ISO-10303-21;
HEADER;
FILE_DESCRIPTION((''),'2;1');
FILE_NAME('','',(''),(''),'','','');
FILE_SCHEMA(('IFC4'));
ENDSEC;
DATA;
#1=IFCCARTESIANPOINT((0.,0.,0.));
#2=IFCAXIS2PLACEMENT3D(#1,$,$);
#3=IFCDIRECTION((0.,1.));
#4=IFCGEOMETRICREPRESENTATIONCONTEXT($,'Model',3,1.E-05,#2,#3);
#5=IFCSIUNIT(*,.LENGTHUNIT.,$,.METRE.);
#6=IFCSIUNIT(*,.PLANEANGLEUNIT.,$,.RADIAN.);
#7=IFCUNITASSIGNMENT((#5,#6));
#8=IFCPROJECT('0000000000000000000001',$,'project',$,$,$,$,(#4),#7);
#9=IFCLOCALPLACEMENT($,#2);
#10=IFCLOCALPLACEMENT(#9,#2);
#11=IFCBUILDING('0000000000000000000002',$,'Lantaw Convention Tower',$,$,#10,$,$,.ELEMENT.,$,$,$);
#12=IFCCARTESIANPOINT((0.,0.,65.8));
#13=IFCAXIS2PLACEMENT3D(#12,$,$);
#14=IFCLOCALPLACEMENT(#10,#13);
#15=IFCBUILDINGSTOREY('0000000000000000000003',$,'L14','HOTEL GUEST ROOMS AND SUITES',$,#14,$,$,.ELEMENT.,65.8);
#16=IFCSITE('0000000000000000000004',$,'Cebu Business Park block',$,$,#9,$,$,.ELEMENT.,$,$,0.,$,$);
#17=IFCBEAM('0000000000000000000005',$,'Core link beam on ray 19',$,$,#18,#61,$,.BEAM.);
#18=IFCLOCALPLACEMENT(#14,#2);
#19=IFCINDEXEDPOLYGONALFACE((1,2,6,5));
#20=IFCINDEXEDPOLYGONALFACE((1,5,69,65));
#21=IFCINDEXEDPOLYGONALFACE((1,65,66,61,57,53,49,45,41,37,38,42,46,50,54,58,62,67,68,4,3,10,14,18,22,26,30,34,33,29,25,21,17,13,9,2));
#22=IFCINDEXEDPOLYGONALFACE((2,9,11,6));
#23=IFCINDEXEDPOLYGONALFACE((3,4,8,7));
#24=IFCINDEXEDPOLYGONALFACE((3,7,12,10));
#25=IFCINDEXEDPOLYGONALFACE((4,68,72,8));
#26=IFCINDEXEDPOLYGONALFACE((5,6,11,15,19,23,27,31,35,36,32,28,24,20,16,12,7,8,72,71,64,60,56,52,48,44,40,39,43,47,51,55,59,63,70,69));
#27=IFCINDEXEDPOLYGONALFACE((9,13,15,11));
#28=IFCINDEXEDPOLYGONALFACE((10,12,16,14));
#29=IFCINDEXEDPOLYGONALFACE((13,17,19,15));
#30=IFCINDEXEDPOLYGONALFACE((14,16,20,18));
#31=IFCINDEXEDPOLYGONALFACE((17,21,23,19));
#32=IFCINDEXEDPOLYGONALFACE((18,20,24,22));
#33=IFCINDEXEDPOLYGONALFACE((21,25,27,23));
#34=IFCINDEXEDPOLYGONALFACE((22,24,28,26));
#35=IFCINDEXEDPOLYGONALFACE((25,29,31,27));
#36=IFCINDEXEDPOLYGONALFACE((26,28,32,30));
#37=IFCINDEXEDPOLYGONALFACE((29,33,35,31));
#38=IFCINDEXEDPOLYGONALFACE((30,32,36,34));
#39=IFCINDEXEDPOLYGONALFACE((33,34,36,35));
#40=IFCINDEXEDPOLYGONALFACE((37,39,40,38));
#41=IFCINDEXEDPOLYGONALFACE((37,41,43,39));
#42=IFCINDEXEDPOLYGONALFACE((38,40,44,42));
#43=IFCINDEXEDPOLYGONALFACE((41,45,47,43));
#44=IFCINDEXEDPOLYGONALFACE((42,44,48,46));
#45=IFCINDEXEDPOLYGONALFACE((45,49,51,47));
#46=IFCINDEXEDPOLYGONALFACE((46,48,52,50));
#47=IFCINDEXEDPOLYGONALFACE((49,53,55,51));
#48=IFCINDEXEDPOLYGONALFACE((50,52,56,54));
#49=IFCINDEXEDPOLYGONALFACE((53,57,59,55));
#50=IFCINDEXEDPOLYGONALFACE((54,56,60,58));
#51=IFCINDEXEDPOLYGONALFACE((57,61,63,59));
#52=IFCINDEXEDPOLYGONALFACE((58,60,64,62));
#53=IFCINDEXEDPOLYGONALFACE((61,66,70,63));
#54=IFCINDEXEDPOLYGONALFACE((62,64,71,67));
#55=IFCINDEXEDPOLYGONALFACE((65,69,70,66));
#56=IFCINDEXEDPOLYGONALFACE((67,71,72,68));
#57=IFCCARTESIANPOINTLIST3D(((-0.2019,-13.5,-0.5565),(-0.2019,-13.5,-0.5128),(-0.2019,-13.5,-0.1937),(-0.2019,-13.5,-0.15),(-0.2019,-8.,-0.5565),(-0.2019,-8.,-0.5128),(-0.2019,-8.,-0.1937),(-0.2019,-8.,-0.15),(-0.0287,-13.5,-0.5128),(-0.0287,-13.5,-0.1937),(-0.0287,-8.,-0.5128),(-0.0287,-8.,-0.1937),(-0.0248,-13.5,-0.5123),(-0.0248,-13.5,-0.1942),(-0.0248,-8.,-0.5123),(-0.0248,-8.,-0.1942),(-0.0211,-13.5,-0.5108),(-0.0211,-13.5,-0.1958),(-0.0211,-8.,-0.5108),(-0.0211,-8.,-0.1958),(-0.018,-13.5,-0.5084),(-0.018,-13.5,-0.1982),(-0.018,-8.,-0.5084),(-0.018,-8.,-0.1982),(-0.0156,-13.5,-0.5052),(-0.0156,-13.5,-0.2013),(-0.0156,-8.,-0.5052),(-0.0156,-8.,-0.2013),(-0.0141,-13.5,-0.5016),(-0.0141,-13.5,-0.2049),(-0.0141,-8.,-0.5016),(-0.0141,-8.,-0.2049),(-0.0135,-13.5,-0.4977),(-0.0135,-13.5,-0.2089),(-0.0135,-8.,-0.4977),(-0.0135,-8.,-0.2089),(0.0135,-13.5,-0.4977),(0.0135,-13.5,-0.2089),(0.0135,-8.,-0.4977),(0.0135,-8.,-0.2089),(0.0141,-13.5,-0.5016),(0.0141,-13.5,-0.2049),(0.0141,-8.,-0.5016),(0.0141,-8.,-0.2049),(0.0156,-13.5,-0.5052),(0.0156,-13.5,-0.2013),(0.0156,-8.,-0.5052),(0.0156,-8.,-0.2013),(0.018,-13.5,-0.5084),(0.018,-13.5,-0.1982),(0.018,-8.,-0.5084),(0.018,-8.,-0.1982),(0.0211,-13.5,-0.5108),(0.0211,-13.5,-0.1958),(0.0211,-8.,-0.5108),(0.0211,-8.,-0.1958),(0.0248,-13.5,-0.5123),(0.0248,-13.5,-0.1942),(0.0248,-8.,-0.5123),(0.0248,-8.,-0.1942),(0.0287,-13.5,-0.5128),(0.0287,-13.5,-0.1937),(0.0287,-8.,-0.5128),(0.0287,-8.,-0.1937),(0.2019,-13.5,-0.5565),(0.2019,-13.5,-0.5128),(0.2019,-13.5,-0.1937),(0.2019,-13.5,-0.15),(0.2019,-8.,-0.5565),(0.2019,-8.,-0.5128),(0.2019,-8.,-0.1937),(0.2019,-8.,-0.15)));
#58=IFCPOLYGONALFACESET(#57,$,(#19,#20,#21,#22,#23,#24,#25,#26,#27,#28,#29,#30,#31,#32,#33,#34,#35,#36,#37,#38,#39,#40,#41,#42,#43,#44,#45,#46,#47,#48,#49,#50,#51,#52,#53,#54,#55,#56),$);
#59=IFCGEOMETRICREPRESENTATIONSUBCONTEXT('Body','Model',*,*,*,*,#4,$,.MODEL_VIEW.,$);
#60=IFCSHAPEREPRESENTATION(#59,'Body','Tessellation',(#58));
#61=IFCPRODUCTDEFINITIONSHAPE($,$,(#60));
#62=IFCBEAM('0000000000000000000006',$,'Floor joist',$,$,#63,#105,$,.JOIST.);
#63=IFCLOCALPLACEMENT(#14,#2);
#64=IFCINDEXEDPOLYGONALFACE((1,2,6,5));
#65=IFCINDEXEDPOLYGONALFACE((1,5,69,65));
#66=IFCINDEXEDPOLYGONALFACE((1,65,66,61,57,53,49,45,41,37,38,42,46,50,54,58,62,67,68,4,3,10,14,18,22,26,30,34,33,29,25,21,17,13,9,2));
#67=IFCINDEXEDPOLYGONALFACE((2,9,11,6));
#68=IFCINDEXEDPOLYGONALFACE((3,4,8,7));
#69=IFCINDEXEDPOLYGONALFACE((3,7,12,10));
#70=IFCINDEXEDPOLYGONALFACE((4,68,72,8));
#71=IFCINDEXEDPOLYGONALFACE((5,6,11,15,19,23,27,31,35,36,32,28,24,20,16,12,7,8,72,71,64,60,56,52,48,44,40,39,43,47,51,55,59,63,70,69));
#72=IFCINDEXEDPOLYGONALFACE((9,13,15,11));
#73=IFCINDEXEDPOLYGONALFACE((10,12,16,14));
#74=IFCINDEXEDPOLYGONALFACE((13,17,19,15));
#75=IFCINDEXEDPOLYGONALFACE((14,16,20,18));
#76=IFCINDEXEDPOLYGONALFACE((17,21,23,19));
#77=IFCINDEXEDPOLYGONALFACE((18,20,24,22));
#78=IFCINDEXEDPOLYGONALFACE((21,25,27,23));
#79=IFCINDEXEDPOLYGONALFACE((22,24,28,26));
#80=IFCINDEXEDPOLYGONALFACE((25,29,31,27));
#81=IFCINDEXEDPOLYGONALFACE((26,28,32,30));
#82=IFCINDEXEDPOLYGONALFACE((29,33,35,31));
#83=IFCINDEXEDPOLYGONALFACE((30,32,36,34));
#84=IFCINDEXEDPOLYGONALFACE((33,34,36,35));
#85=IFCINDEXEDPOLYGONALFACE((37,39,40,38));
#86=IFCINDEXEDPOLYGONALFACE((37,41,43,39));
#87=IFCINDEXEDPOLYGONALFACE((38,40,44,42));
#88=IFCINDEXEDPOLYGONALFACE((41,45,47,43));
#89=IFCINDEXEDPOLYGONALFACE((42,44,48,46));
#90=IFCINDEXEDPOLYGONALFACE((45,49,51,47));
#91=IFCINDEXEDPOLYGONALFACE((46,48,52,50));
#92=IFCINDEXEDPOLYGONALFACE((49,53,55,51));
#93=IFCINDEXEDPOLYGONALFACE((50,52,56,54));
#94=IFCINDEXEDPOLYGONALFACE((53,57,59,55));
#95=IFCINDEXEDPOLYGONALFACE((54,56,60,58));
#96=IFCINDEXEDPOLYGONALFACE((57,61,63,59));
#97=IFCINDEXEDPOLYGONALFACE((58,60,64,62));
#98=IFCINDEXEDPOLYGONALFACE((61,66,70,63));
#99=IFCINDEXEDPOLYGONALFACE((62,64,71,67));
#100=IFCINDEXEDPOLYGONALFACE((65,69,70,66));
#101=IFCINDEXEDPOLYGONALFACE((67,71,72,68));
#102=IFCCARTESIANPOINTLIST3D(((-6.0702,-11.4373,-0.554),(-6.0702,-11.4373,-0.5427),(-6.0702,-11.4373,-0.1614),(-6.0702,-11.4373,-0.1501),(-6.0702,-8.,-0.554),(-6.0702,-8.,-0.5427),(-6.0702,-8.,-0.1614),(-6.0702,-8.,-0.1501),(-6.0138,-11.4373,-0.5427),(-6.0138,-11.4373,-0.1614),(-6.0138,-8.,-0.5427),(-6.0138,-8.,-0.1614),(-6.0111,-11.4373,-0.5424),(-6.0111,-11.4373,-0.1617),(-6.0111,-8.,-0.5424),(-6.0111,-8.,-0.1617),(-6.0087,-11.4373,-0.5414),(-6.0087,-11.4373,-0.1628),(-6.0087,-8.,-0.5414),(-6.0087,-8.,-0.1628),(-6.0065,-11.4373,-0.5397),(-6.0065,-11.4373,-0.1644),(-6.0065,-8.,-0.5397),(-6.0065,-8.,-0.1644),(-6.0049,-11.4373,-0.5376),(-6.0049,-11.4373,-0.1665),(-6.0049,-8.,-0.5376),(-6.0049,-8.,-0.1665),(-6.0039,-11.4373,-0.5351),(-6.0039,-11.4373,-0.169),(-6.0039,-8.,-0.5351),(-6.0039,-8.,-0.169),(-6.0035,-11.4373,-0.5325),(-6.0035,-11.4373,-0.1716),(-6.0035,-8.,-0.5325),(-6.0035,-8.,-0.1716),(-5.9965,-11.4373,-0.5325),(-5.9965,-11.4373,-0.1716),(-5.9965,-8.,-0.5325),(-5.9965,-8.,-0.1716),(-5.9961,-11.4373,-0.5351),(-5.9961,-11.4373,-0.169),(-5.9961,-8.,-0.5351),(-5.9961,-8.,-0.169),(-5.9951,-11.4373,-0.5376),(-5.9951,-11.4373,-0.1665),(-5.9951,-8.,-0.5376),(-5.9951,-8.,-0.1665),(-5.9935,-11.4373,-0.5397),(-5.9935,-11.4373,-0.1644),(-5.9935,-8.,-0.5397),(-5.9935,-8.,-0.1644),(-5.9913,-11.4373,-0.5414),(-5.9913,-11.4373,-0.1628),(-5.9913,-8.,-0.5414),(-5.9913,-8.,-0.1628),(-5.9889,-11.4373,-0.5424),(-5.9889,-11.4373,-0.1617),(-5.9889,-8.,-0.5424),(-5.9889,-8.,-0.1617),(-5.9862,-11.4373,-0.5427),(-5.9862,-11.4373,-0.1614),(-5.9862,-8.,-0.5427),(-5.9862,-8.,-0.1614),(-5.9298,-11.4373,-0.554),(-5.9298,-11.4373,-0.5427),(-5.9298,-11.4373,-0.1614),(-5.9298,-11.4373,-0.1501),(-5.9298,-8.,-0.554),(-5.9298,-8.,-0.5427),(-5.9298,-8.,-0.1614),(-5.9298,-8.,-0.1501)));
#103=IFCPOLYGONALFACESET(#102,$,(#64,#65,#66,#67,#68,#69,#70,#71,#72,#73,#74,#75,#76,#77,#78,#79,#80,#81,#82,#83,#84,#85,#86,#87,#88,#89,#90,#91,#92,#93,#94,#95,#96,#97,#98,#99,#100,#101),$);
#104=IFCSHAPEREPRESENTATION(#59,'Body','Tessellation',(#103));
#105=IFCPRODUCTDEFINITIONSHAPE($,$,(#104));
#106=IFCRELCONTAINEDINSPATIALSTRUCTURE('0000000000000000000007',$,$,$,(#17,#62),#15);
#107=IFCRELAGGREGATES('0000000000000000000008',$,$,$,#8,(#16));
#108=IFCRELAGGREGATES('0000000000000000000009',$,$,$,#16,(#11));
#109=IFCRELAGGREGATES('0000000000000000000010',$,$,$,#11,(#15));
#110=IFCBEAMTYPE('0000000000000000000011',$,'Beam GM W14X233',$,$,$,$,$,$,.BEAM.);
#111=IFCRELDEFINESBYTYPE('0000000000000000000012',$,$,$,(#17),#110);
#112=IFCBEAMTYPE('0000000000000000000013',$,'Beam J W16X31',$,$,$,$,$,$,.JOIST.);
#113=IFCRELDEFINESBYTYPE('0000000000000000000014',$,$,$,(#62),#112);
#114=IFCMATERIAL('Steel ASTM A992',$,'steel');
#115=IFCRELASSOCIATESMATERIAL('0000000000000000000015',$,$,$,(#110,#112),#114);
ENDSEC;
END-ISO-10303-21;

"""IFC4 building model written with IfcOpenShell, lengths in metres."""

from ifc_helpers import new_model, si_unit, direction, frame, origin, origin_2d, place, context, subcontext, project, spatial, i_section, extrude, material, material_profile, profile_set, type_object, element, save


model = new_model("IFC4")

# Units and contexts
model_context = context("Model", 3, precision=1e-05, world=origin(), true_north=direction((0.0, 1.0)))
body_context = subcontext(model_context, "Body", "Model", "MODEL_VIEW")
ifc_project = project(units=[si_unit("LENGTHUNIT", "METRE"), si_unit("PLANEANGLEUNIT", "RADIAN")], contexts=[model_context])

# Site, building, storey
site_placement = place(None, origin())
site = spatial("IfcSite", under=ifc_project, at=site_placement, Name="Cebu Business Park block", CompositionType="ELEMENT", RefElevation=0.0)
building_placement = place(site_placement, origin())
building = spatial("IfcBuilding", under=site, at=building_placement, Name="Lantaw Convention Tower", CompositionType="ELEMENT")
storey_placement = place(building_placement, frame((0.0, 0.0, 65.8)))
storey = spatial("IfcBuildingStorey", under=building, at=storey_placement, Name="L14", Description="HOTEL GUEST ROOMS AND SUITES", CompositionType="ELEMENT", Elevation=65.8)

# Beams
ifc_material_1 = material(Name="Steel ASTM A992", Category="steel")
ifc_material_profile_1 = material_profile(ifc_material_1, i_section(OverallWidth=0.4038, OverallDepth=0.4065, WebThickness=0.0271, FlangeThickness=0.0437, FilletRadius=0.0151, at=origin_2d()), Name="W14X233")
ifc_profile_set_1 = profile_set([ifc_material_profile_1], Name="Steel ASTM A992")
beam_type_1 = type_object("IfcBeamType", Name="Beam GM W14X233", PredefinedType="BEAM", material=ifc_profile_set_1)
beam_1_placement = place(storey_placement, frame((0.0, -8.0, -0.3533), z_axis=(0.0, -1.0, 0.0), x_axis=(1.0, 0.0, 0.0)))
element("IfcBeam", 1, at=beam_1_placement, inside=storey, type_object=beam_type_1, Name="Core link beam on ray 19", PredefinedType="BEAM", context=body_context, shape_type="SweptSolid", body=[
    extrude(i_section(OverallWidth=0.4038, OverallDepth=0.4065, WebThickness=0.0271, FlangeThickness=0.0437, FilletRadius=0.0151, at=origin_2d()), origin(), (0.0, 0.0, 1.0), 5.5),
])
ifc_material_profile_2 = material_profile(ifc_material_1, i_section(OverallWidth=0.1404, OverallDepth=0.4038, WebThickness=0.0071, FlangeThickness=0.0112, FilletRadius=0.0103, at=origin_2d()), Name="W16X31")
ifc_profile_set_2 = profile_set([ifc_material_profile_2], Name="Steel ASTM A992")
beam_type_2 = type_object("IfcBeamType", Name="Beam J W16X31", PredefinedType="JOIST", material=ifc_profile_set_2)
beam_2_placement = place(storey_placement, frame((-6.0, -11.4373, -0.3521), z_axis=(0.0, 1.0, 0.0), x_axis=(-1.0, 0.0, 0.0)))
element("IfcBeam", 2, at=beam_2_placement, inside=storey, type_object=beam_type_2, Name="Floor joist", PredefinedType="JOIST", context=body_context, shape_type="SweptSolid", body=[
    extrude(i_section(OverallWidth=0.1404, OverallDepth=0.4038, WebThickness=0.0071, FlangeThickness=0.0112, FilletRadius=0.0103, at=origin_2d()), origin(), (0.0, 0.0, 1.0), 3.4373),
])

save(model, "model.ifc")
